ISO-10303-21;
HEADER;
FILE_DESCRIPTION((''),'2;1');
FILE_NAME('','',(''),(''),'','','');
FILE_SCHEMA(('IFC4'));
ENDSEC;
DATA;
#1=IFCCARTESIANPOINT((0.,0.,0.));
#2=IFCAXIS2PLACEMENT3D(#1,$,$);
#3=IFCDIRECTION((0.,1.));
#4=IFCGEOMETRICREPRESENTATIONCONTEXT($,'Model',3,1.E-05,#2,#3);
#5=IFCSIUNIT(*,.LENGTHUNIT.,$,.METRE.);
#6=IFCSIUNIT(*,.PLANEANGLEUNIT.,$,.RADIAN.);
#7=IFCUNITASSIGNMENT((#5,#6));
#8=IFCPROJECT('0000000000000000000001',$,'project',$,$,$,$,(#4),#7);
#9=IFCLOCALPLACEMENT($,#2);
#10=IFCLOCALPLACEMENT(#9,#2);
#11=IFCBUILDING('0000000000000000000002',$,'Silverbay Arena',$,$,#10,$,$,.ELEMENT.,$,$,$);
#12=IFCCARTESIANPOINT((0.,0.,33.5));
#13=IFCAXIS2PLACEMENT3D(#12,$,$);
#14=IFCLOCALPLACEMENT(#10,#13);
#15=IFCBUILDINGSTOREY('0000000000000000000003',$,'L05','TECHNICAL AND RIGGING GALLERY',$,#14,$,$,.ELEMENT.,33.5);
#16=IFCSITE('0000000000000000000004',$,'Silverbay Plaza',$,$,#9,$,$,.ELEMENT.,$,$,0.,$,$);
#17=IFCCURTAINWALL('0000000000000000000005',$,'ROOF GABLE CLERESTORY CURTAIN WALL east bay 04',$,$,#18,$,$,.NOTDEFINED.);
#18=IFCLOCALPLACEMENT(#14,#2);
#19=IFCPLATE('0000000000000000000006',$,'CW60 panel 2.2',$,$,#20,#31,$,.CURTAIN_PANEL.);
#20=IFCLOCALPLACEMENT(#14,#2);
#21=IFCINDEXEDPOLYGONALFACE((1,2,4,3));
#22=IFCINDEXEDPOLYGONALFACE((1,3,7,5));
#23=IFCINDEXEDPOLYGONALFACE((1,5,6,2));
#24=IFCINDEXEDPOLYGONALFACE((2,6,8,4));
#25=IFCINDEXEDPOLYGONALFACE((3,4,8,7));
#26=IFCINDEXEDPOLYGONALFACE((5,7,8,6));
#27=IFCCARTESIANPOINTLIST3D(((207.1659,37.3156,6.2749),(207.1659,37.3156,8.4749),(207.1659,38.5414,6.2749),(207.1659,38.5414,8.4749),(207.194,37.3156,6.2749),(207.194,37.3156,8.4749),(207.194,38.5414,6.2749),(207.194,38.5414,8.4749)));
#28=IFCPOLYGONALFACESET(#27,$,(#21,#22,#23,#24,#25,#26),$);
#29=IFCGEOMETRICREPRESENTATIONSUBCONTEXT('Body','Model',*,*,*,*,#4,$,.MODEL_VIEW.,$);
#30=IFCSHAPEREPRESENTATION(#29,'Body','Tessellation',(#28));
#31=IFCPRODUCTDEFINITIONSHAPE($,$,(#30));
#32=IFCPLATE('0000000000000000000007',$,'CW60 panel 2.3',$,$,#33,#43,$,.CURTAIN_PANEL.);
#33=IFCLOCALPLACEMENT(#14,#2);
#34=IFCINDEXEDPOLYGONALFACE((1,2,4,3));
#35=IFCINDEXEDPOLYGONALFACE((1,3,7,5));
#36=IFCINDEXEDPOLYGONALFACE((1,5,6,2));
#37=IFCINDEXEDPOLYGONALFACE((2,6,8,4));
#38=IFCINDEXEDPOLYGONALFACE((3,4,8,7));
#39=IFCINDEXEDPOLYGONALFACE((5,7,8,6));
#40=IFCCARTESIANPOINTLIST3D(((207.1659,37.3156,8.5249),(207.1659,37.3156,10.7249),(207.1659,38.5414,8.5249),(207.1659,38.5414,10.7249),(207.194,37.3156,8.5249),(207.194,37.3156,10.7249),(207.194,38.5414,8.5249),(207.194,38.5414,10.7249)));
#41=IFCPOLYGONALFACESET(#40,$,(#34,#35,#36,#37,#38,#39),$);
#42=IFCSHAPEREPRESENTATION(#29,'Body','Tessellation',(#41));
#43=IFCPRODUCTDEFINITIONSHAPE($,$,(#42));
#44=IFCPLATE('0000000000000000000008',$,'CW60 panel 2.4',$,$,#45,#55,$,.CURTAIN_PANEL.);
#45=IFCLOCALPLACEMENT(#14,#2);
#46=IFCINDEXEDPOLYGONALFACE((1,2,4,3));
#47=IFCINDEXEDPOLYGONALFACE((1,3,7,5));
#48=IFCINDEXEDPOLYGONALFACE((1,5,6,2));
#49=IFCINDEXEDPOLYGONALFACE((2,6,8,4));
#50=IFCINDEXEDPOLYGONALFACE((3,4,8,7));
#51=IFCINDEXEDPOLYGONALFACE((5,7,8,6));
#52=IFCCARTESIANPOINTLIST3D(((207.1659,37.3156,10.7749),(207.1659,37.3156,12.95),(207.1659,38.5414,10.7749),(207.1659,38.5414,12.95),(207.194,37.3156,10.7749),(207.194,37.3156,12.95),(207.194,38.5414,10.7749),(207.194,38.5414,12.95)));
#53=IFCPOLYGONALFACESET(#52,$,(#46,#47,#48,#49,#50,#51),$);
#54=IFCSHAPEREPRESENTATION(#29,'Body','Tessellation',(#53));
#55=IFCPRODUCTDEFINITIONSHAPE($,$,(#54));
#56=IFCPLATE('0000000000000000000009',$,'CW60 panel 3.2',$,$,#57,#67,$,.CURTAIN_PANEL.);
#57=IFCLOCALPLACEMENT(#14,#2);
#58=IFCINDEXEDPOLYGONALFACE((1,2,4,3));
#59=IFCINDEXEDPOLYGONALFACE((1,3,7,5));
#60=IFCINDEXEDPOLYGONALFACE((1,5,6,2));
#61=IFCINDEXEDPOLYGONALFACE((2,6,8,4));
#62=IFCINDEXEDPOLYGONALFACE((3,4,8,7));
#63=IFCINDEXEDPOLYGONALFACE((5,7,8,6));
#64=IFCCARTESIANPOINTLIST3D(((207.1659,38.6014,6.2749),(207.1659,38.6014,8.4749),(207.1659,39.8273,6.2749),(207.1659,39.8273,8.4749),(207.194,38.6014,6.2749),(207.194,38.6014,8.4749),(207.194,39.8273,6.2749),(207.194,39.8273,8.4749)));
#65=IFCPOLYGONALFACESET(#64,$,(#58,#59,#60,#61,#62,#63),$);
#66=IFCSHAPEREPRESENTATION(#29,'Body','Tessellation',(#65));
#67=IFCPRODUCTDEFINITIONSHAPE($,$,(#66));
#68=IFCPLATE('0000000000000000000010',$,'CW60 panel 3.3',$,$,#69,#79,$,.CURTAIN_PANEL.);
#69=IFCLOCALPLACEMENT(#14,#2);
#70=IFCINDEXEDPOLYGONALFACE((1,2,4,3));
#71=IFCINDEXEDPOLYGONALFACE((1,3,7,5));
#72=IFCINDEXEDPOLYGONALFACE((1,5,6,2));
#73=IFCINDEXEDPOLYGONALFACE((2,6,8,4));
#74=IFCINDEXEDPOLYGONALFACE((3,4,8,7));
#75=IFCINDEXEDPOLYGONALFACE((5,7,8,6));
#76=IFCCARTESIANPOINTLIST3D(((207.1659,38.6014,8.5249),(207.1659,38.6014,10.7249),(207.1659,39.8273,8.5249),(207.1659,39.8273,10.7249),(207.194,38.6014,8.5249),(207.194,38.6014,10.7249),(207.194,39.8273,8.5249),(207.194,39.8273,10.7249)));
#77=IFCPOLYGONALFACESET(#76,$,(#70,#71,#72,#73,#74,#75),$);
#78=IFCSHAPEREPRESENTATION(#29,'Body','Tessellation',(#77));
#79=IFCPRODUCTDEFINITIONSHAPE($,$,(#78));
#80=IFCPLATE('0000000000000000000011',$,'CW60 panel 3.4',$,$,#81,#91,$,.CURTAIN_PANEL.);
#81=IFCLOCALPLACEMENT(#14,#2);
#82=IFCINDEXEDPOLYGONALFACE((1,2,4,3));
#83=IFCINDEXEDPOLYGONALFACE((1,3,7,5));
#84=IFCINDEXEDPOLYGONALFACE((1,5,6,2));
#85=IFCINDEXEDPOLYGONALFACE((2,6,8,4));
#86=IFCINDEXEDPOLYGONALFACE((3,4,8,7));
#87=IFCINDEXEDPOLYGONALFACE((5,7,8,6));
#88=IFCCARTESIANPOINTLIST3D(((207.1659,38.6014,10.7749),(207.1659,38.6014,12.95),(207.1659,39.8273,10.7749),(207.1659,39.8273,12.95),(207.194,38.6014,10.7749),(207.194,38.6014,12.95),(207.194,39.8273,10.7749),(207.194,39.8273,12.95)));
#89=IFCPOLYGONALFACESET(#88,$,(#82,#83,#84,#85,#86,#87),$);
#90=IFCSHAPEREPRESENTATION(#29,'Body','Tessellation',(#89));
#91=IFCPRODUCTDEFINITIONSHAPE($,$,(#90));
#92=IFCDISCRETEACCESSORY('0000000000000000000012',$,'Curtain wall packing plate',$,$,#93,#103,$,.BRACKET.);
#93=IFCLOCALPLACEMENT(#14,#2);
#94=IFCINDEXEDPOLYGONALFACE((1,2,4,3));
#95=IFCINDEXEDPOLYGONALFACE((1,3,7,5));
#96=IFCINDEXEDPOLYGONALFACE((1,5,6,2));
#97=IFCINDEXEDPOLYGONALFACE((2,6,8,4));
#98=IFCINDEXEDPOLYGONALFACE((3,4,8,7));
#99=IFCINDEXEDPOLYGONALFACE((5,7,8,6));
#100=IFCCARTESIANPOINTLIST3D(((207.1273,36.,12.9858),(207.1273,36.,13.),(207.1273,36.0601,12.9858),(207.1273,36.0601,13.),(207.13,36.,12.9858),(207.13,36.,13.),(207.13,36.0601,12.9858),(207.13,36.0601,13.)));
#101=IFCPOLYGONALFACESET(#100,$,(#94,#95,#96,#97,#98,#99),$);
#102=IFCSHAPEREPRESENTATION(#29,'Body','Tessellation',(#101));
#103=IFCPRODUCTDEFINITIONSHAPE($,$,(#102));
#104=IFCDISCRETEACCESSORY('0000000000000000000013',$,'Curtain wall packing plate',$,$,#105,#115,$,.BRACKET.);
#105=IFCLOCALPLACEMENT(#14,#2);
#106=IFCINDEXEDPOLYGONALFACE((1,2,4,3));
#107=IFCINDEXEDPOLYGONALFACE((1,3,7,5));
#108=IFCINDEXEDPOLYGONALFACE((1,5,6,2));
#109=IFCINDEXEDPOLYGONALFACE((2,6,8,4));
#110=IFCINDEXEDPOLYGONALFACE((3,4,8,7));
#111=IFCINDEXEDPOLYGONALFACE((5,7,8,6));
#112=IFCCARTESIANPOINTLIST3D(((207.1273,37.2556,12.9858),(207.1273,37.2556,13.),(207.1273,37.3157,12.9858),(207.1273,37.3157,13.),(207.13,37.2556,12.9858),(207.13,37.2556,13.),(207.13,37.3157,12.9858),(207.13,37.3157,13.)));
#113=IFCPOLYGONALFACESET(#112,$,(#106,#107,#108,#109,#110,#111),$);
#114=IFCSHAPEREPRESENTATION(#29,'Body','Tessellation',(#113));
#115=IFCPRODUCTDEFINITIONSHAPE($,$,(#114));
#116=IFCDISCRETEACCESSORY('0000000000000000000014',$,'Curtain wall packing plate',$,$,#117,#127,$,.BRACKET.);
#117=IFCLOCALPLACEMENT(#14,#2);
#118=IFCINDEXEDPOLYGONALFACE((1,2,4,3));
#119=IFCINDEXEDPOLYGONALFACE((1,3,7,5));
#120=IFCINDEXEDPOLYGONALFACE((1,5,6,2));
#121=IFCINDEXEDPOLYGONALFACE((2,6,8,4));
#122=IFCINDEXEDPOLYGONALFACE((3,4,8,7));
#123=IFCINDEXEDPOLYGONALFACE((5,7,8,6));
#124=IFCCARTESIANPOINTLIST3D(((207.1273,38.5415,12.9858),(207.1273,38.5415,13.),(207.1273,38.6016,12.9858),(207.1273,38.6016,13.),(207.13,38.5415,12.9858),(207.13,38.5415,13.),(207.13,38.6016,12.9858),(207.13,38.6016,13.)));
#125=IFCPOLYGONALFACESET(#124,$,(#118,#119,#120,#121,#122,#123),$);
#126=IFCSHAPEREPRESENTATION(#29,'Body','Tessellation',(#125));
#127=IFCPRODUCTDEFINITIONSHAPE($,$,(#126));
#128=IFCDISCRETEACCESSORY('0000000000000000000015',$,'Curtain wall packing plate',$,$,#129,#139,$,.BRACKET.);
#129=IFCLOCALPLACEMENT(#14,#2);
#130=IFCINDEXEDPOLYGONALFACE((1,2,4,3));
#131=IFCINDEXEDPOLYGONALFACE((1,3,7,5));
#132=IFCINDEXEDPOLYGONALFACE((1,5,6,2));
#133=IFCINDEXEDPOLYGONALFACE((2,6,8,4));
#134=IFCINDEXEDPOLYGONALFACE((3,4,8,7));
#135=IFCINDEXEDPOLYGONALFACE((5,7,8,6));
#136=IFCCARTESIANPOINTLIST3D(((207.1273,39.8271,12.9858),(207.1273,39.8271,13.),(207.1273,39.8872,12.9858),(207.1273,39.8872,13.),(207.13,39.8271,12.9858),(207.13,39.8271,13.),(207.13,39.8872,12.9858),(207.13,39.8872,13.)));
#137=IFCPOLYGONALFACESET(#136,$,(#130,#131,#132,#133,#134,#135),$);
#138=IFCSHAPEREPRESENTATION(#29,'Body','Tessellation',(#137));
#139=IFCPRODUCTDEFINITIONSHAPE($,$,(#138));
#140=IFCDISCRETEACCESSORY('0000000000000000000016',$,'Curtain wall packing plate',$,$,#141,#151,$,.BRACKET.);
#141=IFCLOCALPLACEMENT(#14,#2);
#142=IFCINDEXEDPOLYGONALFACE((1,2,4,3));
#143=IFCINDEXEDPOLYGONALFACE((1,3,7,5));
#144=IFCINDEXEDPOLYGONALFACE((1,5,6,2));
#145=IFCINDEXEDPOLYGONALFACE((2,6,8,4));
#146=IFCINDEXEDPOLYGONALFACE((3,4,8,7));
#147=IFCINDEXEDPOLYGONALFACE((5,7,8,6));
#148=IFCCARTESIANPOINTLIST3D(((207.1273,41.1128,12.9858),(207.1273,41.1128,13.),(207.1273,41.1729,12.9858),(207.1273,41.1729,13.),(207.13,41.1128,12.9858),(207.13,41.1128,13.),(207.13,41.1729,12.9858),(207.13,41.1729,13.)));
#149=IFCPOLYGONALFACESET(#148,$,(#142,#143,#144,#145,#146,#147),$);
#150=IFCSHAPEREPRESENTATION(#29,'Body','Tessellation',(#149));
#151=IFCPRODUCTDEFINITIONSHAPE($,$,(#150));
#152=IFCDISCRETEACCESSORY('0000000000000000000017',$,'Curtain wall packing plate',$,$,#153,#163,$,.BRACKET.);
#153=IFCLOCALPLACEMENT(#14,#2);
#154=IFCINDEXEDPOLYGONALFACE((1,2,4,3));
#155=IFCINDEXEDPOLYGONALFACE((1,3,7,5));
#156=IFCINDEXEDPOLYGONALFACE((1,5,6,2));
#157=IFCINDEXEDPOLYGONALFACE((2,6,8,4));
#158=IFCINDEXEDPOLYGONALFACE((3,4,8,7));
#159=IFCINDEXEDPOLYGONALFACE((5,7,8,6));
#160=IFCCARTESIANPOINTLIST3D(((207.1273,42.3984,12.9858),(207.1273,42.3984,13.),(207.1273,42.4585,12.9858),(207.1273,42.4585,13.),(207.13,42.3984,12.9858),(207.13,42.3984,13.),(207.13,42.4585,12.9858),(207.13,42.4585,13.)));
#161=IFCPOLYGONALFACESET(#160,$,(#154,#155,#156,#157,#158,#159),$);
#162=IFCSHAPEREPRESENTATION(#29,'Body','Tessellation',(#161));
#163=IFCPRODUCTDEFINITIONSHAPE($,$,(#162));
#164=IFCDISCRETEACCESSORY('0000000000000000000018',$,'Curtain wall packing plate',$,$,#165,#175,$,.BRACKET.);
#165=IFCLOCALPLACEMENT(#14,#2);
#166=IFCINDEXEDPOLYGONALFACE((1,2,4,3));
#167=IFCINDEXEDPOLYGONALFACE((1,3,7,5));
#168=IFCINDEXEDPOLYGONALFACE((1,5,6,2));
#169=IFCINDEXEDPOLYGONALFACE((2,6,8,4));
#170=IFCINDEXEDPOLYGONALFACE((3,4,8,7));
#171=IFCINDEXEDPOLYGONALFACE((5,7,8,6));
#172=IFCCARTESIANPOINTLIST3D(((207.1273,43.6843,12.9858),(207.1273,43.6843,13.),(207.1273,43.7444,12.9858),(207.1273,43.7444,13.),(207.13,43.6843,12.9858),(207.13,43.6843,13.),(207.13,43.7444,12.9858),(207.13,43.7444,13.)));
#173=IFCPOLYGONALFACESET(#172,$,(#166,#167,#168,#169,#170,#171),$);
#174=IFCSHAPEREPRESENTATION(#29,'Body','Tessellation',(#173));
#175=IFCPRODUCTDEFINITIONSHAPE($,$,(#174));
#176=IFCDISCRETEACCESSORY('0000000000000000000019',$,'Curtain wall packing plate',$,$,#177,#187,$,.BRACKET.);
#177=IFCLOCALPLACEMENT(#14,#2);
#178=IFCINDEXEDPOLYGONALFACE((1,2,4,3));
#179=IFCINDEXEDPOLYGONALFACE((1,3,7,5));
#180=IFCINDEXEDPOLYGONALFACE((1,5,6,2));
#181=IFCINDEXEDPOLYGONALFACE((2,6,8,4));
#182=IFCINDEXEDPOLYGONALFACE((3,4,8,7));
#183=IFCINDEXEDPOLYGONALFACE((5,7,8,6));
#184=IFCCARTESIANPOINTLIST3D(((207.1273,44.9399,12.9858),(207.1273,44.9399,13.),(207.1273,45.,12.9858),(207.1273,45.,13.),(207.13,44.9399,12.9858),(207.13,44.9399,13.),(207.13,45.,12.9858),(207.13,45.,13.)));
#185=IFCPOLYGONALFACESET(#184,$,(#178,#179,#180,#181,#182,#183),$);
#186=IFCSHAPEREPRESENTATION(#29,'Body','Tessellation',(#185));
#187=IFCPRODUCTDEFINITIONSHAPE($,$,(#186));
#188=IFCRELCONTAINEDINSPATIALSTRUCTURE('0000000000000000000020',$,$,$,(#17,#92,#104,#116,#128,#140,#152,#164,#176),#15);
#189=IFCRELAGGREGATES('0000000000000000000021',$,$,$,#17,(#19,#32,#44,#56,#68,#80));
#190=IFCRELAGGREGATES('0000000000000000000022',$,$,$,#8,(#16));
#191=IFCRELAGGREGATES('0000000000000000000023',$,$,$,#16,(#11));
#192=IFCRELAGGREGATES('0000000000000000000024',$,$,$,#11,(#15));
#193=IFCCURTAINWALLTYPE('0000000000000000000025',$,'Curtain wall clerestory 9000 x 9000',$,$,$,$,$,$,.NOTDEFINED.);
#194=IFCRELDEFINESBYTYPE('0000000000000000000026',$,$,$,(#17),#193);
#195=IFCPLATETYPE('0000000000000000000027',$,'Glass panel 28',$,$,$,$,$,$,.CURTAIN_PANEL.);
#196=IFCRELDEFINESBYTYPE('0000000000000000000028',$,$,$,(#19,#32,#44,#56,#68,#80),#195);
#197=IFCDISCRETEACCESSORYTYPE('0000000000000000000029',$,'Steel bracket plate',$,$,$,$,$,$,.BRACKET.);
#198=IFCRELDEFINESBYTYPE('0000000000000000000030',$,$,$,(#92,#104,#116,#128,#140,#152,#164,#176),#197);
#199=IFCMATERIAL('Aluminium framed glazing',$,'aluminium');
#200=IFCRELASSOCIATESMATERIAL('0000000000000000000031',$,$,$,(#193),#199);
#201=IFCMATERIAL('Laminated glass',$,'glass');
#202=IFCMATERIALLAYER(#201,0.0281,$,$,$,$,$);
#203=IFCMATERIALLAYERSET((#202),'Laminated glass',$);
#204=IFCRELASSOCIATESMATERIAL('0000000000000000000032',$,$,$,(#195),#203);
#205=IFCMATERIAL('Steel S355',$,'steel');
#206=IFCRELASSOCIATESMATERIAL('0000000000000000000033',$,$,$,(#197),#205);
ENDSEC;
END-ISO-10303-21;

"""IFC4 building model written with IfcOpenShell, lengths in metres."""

from ifc_helpers import new_model, si_unit, direction, frame, origin, origin_2d, place, context, subcontext, project, spatial, rectangle, extrude, material, layer, layer_set, type_object, element, aggregate, save


model = new_model("IFC4")

# Units and contexts
model_context = context("Model", 3, precision=1e-05, world=origin(), true_north=direction((0.0, 1.0)))
body_context = subcontext(model_context, "Body", "Model", "MODEL_VIEW")
ifc_project = project(units=[si_unit("LENGTHUNIT", "METRE"), si_unit("PLANEANGLEUNIT", "RADIAN")], contexts=[model_context])

# Site, building, storey
site_placement = place(None, origin())
site = spatial("IfcSite", under=ifc_project, at=site_placement, Name="Silverbay Plaza", CompositionType="ELEMENT", RefElevation=0.0)
building_placement = place(site_placement, origin())
building = spatial("IfcBuilding", under=site, at=building_placement, Name="Silverbay Arena", CompositionType="ELEMENT")
storey_placement = place(building_placement, frame((0.0, 0.0, 33.5)))
storey = spatial("IfcBuildingStorey", under=building, at=storey_placement, Name="L05", Description="TECHNICAL AND RIGGING GALLERY", CompositionType="ELEMENT", Elevation=33.5)

# Curtain wall, plates
ifc_material_1 = material(Name="Aluminium framed glazing", Category="aluminium")
curtain_wall_type = type_object("IfcCurtainWallType", Name="Curtain wall clerestory 9000 x 9000", PredefinedType="NOTDEFINED", material=ifc_material_1)
curtain_wall_placement = place(storey_placement, origin())
curtain_wall = element("IfcCurtainWall", 1, at=curtain_wall_placement, inside=storey, type_object=curtain_wall_type, Name="ROOF GABLE CLERESTORY CURTAIN WALL east bay 04", PredefinedType="NOTDEFINED")
ifc_material_2 = material(Name="Laminated glass", Category="glass")
ifc_layer = layer(ifc_material_2, 0.0281)
ifc_layer_set = layer_set([ifc_layer], Name="Laminated glass")
plate_type = type_object("IfcPlateType", Name="Glass panel 28", PredefinedType="CURTAIN_PANEL", material=ifc_layer_set)
plate_1_placement = place(storey_placement, frame((207.1799, 37.9285, 6.2749), z_axis=(0.0, 0.0, 1.0), x_axis=(0.0, 1.0, 0.0)))
plate_1 = element("IfcPlate", 2, at=plate_1_placement, type_object=plate_type, Name="CW60 panel 2.2", PredefinedType="CURTAIN_PANEL", context=body_context, shape_type="SweptSolid", body=[
    extrude(rectangle(XDim=1.2258, YDim=0.0281, at=origin_2d()), origin(), (0.0, 0.0, 1.0), 2.2),
])
plate_2_placement = place(storey_placement, frame((207.1799, 37.9285, 8.5249), z_axis=(0.0, 0.0, 1.0), x_axis=(0.0, 1.0, 0.0)))
plate_2 = element("IfcPlate", 3, at=plate_2_placement, type_object=plate_type, Name="CW60 panel 2.3", PredefinedType="CURTAIN_PANEL", context=body_context, shape_type="SweptSolid", body=[
    extrude(rectangle(XDim=1.2258, YDim=0.0281, at=origin_2d()), origin(), (0.0, 0.0, 1.0), 2.2),
])
plate_3_placement = place(storey_placement, frame((207.1799, 37.9285, 10.7749), z_axis=(0.0, 0.0, 1.0), x_axis=(0.0, 1.0, 0.0)))
plate_3 = element("IfcPlate", 4, at=plate_3_placement, type_object=plate_type, Name="CW60 panel 2.4", PredefinedType="CURTAIN_PANEL", context=body_context, shape_type="SweptSolid", body=[
    extrude(rectangle(XDim=1.2258, YDim=0.0281, at=origin_2d()), origin(), (0.0, 0.0, 1.0), 2.175),
])
plate_4_placement = place(storey_placement, frame((207.1799, 39.2144, 6.2749), z_axis=(0.0, 0.0, 1.0), x_axis=(0.0, 1.0, 0.0)))
plate_4 = element("IfcPlate", 5, at=plate_4_placement, type_object=plate_type, Name="CW60 panel 3.2", PredefinedType="CURTAIN_PANEL", context=body_context, shape_type="SweptSolid", body=[
    extrude(rectangle(XDim=1.2258, YDim=0.0281, at=origin_2d()), origin(), (0.0, 0.0, 1.0), 2.2),
])
plate_5_placement = place(storey_placement, frame((207.1799, 39.2144, 8.5249), z_axis=(0.0, 0.0, 1.0), x_axis=(0.0, 1.0, 0.0)))
plate_5 = element("IfcPlate", 6, at=plate_5_placement, type_object=plate_type, Name="CW60 panel 3.3", PredefinedType="CURTAIN_PANEL", context=body_context, shape_type="SweptSolid", body=[
    extrude(rectangle(XDim=1.2258, YDim=0.0281, at=origin_2d()), origin(), (0.0, 0.0, 1.0), 2.2),
])
plate_6_placement = place(storey_placement, frame((207.1799, 39.2144, 10.7749), z_axis=(0.0, 0.0, 1.0), x_axis=(0.0, 1.0, 0.0)))
plate_6 = element("IfcPlate", 7, at=plate_6_placement, type_object=plate_type, Name="CW60 panel 3.4", PredefinedType="CURTAIN_PANEL", context=body_context, shape_type="SweptSolid", body=[
    extrude(rectangle(XDim=1.2258, YDim=0.0281, at=origin_2d()), origin(), (0.0, 0.0, 1.0), 2.175),
])
aggregate(curtain_wall, [plate_1, plate_2, plate_3, plate_4, plate_5, plate_6])

# Discrete accessories
ifc_material_3 = material(Name="Steel S355", Category="steel")
discrete_accessory_type = type_object("IfcDiscreteAccessoryType", Name="Steel bracket plate", PredefinedType="BRACKET", material=ifc_material_3)
for number, where, z_axis, x_axis, name in (
    (8, (207.1287, 36.03, 12.9858), (0.0, 0.0, 1.0), (1.0, 0.0, 0.0), "Curtain wall packing plate"),
    (9, (207.1287, 37.2856, 12.9858), (0.0, 0.0, 1.0), (1.0, 0.0, 0.0), "Curtain wall packing plate"),
    (10, (207.1287, 38.5715, 12.9858), (0.0, 0.0, 1.0), (1.0, 0.0, 0.0), "Curtain wall packing plate"),
    (11, (207.1287, 39.8572, 12.9858), (0.0, 0.0, 1.0), (1.0, 0.0, 0.0), "Curtain wall packing plate"),
    (12, (207.1287, 41.1428, 12.9858), (0.0, 0.0, 1.0), (1.0, 0.0, 0.0), "Curtain wall packing plate"),
    (13, (207.1287, 42.4285, 12.9858), (0.0, 0.0, 1.0), (1.0, 0.0, 0.0), "Curtain wall packing plate"),
    (14, (207.1287, 43.7144, 12.9858), (0.0, 0.0, 1.0), (1.0, 0.0, 0.0), "Curtain wall packing plate"),
    (15, (207.1287, 44.97, 12.9858), (0.0, 0.0, 1.0), (1.0, 0.0, 0.0), "Curtain wall packing plate"),
):
    element("IfcDiscreteAccessory", number, at=place(storey_placement, frame(where, z_axis=z_axis, x_axis=x_axis)), inside=storey, type_object=discrete_accessory_type, Name=name, PredefinedType="BRACKET", context=body_context, shape_type="SweptSolid", body=[
        extrude(rectangle(XDim=0.0027, YDim=0.0601, at=origin_2d()), origin(), (0.0, 0.0, 1.0), 0.0142),
    ])

save(model, "model.ifc")
